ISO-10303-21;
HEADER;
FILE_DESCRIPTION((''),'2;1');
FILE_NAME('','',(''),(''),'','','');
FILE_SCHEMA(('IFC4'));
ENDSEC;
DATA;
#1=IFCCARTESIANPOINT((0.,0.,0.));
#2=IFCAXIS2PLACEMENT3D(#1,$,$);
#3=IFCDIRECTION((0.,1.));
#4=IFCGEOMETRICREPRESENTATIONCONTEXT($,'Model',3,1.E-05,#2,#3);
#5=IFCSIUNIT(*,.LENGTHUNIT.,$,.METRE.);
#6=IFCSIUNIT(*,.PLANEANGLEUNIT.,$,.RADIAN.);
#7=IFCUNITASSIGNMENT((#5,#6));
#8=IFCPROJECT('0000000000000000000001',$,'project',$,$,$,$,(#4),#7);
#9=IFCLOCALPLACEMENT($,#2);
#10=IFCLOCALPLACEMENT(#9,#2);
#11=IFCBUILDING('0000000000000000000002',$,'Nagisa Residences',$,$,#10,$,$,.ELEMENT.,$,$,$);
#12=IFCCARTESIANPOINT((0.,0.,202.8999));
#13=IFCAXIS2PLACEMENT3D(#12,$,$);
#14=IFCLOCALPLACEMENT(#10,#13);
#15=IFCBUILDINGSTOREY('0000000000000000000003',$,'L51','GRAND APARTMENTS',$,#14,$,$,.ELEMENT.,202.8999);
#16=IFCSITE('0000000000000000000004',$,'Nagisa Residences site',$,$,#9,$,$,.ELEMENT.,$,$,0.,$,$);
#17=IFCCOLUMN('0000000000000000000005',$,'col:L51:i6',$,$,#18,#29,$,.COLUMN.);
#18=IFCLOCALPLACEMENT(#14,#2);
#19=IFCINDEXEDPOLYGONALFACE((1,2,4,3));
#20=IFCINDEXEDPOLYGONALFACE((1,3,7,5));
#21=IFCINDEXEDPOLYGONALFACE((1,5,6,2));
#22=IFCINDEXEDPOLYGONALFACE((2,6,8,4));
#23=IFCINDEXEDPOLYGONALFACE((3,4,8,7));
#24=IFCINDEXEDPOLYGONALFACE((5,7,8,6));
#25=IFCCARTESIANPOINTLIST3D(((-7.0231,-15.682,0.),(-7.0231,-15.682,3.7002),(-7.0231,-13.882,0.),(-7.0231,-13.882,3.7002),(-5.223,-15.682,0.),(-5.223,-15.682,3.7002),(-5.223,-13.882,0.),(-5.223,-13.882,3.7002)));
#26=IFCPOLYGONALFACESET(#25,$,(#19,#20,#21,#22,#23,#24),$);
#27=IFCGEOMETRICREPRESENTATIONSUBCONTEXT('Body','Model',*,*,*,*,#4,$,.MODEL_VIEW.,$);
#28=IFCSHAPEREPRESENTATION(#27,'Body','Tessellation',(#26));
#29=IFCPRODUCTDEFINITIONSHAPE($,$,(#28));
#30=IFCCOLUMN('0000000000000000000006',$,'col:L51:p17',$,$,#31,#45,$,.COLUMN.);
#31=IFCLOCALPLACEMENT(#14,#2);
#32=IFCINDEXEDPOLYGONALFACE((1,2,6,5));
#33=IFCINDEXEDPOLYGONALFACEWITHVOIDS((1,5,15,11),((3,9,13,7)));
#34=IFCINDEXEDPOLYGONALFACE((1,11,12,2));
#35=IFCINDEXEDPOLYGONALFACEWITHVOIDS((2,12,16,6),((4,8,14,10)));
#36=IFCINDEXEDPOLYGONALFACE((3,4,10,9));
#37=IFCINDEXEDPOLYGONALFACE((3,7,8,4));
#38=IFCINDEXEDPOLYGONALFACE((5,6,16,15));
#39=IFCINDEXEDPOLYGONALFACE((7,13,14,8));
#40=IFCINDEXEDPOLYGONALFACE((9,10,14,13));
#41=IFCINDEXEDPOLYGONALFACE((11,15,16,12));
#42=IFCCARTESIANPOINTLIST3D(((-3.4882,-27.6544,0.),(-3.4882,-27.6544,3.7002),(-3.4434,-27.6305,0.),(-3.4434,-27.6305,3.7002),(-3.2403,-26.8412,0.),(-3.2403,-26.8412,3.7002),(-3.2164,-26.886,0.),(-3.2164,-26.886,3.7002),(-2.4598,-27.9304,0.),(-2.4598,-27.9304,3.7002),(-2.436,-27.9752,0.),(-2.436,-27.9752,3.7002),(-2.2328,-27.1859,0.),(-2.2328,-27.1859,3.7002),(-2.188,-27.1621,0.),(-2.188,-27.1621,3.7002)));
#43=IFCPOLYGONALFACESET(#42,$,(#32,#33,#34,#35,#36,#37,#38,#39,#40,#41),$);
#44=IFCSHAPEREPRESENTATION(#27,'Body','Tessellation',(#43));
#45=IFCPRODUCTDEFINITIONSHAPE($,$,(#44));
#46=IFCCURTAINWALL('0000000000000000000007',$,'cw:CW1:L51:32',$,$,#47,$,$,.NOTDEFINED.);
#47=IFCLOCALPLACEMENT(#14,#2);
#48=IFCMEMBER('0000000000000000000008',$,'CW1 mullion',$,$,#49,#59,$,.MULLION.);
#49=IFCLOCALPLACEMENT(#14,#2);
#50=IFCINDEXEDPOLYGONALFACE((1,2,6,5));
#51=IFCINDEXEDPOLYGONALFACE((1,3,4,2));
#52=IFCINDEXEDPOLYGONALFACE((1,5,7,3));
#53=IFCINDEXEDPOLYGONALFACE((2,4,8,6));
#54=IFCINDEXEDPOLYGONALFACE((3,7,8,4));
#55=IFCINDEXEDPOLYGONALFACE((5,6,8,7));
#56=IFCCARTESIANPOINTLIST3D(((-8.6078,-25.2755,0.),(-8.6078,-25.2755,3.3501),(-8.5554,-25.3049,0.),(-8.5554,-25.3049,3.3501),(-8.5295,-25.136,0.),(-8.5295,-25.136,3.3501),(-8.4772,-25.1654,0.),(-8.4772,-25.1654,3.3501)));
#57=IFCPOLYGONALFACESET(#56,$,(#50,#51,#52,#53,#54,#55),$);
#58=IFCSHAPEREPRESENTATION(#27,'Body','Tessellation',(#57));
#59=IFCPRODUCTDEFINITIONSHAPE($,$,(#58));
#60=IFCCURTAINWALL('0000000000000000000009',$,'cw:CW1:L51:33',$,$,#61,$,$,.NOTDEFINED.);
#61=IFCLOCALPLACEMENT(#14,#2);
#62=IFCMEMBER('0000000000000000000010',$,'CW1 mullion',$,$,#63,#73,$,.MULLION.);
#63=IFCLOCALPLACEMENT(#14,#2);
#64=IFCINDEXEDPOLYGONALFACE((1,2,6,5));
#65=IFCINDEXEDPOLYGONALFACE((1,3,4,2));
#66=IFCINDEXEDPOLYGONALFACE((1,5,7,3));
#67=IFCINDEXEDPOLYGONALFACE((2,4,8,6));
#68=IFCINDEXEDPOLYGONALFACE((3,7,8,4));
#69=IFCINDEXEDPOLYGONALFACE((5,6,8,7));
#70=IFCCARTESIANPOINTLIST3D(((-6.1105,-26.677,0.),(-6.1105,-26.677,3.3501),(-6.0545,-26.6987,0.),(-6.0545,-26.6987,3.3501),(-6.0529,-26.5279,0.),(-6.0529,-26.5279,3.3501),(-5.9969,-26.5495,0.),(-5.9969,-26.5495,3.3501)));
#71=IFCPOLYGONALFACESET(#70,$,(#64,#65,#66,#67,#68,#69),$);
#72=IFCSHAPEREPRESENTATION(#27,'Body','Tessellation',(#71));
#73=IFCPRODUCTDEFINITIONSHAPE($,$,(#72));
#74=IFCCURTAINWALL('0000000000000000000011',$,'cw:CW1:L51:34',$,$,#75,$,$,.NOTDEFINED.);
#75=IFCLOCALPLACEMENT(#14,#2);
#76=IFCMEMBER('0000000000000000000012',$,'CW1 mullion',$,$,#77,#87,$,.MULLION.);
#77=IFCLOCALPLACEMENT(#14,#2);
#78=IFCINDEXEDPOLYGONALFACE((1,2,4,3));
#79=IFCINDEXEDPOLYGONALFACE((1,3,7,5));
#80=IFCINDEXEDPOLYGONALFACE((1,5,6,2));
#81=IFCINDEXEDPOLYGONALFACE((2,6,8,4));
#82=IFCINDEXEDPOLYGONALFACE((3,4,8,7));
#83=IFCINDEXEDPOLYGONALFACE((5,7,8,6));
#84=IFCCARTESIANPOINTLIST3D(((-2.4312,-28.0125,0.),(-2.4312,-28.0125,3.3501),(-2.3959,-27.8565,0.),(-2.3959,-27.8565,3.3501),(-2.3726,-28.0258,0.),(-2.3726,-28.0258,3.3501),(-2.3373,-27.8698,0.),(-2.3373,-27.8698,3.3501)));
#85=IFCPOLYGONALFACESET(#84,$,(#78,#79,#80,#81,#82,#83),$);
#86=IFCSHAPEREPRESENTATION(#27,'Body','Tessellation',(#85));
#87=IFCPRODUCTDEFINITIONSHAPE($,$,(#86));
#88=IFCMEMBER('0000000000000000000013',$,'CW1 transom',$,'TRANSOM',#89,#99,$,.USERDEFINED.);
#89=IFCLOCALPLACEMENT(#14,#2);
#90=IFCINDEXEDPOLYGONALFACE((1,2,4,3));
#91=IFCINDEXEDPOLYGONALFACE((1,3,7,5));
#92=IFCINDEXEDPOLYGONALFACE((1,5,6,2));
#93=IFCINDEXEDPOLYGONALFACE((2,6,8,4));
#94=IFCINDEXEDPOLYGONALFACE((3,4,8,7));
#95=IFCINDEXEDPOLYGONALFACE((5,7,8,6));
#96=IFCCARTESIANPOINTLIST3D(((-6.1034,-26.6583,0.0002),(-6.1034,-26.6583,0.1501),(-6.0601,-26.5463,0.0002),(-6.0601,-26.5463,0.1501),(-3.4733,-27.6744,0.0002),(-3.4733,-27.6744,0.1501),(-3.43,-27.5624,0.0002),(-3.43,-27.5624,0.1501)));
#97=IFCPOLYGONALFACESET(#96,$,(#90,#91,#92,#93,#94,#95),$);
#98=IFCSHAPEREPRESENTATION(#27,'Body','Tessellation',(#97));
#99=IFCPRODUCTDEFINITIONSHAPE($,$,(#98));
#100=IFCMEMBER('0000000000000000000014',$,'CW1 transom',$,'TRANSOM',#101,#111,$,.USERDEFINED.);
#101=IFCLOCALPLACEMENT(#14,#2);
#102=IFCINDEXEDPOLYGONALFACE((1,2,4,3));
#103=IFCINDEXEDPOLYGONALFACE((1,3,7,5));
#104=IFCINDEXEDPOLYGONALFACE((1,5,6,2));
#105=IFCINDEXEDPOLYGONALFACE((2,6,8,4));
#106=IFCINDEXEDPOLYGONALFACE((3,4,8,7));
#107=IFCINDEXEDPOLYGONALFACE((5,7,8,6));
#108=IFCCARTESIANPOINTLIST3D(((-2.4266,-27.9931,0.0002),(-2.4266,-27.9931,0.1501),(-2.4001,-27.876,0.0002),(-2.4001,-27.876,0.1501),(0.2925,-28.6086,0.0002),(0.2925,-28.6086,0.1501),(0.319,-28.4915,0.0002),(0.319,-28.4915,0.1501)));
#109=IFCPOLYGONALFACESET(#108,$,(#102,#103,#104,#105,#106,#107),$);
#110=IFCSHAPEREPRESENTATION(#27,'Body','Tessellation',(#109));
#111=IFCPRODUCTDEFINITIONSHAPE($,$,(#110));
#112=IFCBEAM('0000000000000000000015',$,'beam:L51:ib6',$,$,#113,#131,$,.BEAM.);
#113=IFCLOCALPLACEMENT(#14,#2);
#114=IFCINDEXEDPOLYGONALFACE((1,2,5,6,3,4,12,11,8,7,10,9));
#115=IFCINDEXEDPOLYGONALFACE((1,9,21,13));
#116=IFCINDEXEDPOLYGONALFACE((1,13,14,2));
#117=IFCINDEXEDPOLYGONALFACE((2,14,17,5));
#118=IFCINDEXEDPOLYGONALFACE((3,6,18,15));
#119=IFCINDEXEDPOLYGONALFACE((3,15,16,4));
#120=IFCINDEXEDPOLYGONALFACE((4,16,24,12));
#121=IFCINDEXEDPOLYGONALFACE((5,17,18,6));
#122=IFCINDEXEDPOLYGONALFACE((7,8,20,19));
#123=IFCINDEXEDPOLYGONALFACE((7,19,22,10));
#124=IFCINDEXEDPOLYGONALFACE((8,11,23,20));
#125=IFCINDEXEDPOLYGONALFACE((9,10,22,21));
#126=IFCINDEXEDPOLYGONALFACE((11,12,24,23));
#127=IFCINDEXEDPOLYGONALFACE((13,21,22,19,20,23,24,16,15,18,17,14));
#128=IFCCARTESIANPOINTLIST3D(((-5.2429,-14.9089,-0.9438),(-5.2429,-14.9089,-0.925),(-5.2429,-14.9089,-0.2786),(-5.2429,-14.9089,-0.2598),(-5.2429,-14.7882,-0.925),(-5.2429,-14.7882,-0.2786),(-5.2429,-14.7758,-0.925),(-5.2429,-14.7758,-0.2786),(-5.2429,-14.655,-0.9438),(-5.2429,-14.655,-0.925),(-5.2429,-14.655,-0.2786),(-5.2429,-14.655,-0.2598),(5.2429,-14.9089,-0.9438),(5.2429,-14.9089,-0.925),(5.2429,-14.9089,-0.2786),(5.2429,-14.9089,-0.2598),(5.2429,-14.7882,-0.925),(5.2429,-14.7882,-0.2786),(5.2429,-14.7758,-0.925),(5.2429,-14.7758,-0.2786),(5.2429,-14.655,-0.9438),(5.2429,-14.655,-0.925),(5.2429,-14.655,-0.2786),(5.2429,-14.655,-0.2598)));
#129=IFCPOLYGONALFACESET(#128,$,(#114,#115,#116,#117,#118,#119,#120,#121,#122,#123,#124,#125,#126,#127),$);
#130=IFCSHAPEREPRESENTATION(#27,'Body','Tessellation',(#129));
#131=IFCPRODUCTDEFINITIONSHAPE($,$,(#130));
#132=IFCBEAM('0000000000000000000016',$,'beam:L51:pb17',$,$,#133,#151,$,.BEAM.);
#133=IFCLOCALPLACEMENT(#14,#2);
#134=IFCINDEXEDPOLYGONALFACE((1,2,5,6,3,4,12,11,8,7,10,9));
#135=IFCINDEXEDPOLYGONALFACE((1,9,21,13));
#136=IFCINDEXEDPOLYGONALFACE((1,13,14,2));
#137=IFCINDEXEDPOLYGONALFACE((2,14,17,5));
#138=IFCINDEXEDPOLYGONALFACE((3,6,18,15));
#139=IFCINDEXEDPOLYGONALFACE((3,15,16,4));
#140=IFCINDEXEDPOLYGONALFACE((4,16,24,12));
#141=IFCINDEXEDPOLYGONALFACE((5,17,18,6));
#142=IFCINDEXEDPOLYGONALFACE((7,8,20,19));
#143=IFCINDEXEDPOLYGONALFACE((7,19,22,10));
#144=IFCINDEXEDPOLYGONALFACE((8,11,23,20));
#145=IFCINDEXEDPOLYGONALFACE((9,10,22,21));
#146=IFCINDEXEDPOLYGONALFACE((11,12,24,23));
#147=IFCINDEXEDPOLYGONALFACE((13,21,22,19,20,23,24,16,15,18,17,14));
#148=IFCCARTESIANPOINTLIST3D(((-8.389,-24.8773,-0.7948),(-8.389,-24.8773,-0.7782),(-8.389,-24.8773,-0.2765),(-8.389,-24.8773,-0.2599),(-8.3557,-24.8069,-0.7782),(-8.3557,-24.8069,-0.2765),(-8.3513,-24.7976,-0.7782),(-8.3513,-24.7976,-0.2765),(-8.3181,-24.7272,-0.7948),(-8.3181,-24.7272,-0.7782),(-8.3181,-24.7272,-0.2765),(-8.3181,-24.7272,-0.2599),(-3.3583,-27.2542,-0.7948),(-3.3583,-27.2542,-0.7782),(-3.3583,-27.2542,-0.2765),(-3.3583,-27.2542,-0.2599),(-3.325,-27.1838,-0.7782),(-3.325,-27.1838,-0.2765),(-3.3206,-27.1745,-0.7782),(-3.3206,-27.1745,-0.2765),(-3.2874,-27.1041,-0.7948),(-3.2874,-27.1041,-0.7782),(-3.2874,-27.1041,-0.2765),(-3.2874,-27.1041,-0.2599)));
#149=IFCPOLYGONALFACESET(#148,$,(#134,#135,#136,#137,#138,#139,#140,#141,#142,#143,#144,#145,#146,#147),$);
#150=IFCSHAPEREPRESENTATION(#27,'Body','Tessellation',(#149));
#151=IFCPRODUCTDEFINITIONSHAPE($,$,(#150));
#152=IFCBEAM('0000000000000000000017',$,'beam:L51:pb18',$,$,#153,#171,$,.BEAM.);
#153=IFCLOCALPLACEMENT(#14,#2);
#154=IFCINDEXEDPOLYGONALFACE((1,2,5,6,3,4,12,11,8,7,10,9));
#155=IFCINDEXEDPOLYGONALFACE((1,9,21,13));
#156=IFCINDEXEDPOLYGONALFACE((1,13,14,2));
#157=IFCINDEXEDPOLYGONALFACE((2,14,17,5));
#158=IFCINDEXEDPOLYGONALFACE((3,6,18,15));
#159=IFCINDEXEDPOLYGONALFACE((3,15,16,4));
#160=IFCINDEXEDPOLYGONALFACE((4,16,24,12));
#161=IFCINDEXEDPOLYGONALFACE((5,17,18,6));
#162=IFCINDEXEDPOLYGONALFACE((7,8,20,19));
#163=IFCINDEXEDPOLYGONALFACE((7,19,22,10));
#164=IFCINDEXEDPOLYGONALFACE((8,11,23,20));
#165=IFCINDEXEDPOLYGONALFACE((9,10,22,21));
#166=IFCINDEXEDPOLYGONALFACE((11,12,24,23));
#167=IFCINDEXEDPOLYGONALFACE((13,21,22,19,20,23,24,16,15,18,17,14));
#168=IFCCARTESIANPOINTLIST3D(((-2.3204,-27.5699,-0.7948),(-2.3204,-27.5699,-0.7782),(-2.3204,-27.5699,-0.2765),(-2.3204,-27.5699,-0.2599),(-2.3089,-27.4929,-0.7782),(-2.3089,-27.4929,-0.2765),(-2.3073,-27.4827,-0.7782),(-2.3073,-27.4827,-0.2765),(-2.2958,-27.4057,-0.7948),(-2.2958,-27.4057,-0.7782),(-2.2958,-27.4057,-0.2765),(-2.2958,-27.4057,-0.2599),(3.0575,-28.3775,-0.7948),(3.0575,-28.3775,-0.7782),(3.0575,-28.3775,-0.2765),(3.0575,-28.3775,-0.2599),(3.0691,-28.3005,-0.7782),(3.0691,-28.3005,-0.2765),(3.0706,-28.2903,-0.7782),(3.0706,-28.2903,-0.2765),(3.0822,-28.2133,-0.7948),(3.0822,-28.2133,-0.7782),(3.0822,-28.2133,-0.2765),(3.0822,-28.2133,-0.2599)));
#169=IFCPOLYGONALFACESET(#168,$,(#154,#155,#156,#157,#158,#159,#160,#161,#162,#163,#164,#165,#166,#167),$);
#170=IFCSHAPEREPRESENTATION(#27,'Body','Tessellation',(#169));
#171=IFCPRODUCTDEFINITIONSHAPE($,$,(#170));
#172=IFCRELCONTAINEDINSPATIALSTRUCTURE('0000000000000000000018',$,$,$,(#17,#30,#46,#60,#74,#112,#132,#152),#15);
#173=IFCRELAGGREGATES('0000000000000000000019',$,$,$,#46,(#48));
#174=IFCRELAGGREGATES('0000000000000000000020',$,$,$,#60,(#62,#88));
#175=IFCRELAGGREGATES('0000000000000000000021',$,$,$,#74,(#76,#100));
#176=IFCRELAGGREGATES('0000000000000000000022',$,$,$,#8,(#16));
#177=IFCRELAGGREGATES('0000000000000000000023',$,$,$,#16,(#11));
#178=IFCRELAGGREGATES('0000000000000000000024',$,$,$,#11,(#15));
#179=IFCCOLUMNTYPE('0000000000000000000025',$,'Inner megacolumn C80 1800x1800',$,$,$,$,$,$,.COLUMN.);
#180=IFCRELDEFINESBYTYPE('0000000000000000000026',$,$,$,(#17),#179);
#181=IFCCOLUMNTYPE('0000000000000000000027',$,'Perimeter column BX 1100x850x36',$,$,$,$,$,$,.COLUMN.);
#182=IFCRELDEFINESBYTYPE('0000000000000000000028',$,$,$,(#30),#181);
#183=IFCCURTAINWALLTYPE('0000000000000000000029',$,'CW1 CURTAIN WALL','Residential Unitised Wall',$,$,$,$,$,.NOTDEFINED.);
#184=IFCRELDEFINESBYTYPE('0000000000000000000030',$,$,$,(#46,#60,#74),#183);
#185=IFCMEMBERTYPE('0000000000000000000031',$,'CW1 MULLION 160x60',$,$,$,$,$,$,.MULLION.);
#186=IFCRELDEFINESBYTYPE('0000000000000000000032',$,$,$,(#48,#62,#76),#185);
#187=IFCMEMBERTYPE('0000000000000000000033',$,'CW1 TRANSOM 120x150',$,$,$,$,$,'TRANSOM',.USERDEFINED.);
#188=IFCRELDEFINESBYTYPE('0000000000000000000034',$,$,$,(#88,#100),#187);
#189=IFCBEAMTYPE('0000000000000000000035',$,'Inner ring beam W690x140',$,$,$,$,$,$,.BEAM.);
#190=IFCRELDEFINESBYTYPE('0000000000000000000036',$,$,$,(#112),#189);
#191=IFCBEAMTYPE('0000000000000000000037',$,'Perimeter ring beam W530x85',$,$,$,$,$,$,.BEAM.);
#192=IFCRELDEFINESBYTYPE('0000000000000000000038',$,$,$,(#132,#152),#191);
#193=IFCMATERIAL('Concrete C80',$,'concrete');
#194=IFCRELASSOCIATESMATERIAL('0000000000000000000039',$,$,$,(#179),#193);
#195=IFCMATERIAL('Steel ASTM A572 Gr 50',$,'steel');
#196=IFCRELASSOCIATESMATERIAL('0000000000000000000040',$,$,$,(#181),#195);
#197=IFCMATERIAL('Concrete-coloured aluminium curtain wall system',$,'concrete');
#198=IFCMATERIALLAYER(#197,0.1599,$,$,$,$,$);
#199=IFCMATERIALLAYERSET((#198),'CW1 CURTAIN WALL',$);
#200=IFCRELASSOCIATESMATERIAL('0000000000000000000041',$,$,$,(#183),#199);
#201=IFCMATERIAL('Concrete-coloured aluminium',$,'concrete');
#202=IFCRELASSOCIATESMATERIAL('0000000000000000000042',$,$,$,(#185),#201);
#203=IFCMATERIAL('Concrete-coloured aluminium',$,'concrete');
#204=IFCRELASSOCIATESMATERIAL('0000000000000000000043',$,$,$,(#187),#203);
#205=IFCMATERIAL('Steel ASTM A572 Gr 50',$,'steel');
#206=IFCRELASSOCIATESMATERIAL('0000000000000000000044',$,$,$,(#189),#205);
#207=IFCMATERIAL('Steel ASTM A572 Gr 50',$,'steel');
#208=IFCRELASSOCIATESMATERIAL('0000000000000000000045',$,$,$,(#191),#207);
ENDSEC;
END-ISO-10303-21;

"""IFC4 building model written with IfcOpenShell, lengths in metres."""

from ifc_helpers import new_model, si_unit, direction, frame, origin, origin_2d, place, context, subcontext, project, spatial, rectangle, hollow_rectangle, i_section, extrude, material, layer, layer_set, material_profile, profile_set, type_object, element, aggregate, save


model = new_model("IFC4")

# Units and contexts
model_context = context("Model", 3, precision=1e-05, world=origin(), true_north=direction((0.0, 1.0)))
body_context = subcontext(model_context, "Body", "Model", "MODEL_VIEW")
ifc_project = project(units=[si_unit("LENGTHUNIT", "METRE"), si_unit("PLANEANGLEUNIT", "RADIAN")], contexts=[model_context])

# Site, building, storey
site_placement = place(None, origin())
site = spatial("IfcSite", under=ifc_project, at=site_placement, Name="Nagisa Residences site", CompositionType="ELEMENT", RefElevation=0.0)
building_placement = place(site_placement, origin())
building = spatial("IfcBuilding", under=site, at=building_placement, Name="Nagisa Residences", CompositionType="ELEMENT")
storey_placement = place(building_placement, frame((0.0, 0.0, 202.8999)))
storey = spatial("IfcBuildingStorey", under=building, at=storey_placement, Name="L51", Description="GRAND APARTMENTS", CompositionType="ELEMENT", Elevation=202.8999)

# Columns
ifc_material_1 = material(Name="Concrete C80", Category="concrete")
ifc_material_profile_1 = material_profile(ifc_material_1, rectangle(XDim=1.8, YDim=1.8, at=origin_2d()), Name="C80 1800x1800")
ifc_profile_set_1 = profile_set([ifc_material_profile_1], Name="Concrete C80")
column_type_1 = type_object("IfcColumnType", Name="Inner megacolumn C80 1800x1800", PredefinedType="COLUMN", material=ifc_profile_set_1)
column_1_placement = place(storey_placement, frame((-6.123, -14.782, 0.0), z_axis=(0.0, 0.0, 1.0), x_axis=(1.0, 0.0, 0.0)))
element("IfcColumn", 1, at=column_1_placement, inside=storey, type_object=column_type_1, Name="col:L51:i6", PredefinedType="COLUMN", context=body_context, shape_type="SweptSolid", body=[
    extrude(rectangle(XDim=1.8, YDim=1.8, at=origin_2d()), origin(), (0.0, 0.0, 1.0), 3.7002),
])
ifc_material_2 = material(Name="Steel ASTM A572 Gr 50", Category="steel")
ifc_material_profile_2 = material_profile(ifc_material_2, hollow_rectangle(XDim=1.1001, YDim=0.8501, WallThickness=0.0359, at=origin_2d()), Name="BX 1100x850x36")
ifc_profile_set_2 = profile_set([ifc_material_profile_2], Name="Steel ASTM A572 Gr 50")
column_type_2 = type_object("IfcColumnType", Name="Perimeter column BX 1100x850x36", PredefinedType="COLUMN", material=ifc_profile_set_2)
column_2_placement = place(storey_placement, frame((-2.8381, -27.4082, 0.0), z_axis=(0.0, 0.0, 1.0), x_axis=(0.956525, -0.291652, 0.0)))
element("IfcColumn", 2, at=column_2_placement, inside=storey, type_object=column_type_2, Name="col:L51:p17", PredefinedType="COLUMN", context=body_context, shape_type="SweptSolid", body=[
    extrude(hollow_rectangle(XDim=1.1001, YDim=0.8501, WallThickness=0.0359, at=origin_2d()), origin(), (0.0, 0.0, 1.0), 3.7002),
])

# Curtain walls, members
ifc_material_3 = material(Name="Concrete-coloured aluminium curtain wall system", Category="concrete")
ifc_layer_1 = layer(ifc_material_3, 0.1599)
ifc_layer_set_1 = layer_set([ifc_layer_1], Name="CW1 CURTAIN WALL")
curtain_wall_type = type_object("IfcCurtainWallType", Name="CW1 CURTAIN WALL", Description="Residential Unitised Wall", PredefinedType="NOTDEFINED", material=ifc_layer_set_1)
curtain_wall_1_placement = place(storey_placement, origin())
curtain_wall_1 = element("IfcCurtainWall", 3, at=curtain_wall_1_placement, inside=storey, type_object=curtain_wall_type, Name="cw:CW1:L51:32", PredefinedType="NOTDEFINED")
ifc_material_4 = material(Name="Concrete-coloured aluminium", Category="concrete")
ifc_material_profile_3 = material_profile(ifc_material_4, rectangle(XDim=0.1599, YDim=0.0601, at=origin_2d()), Name="CW1 MULLION 160x60")
ifc_profile_set_3 = profile_set([ifc_material_profile_3], Name="Concrete-coloured aluminium")
member_type_1 = type_object("IfcMemberType", Name="CW1 MULLION 160x60", PredefinedType="MULLION", material=ifc_profile_set_3)
member_1_placement = place(storey_placement, frame((-8.5425, -25.2205, 0.0), z_axis=(0.0, 0.0, 1.0), x_axis=(0.489377, 0.872072, 0.0)))
member_1 = element("IfcMember", 4, at=member_1_placement, type_object=member_type_1, Name="CW1 mullion", PredefinedType="MULLION", context=body_context, shape_type="SweptSolid", body=[
    extrude(rectangle(XDim=0.1599, YDim=0.0601, at=origin_2d()), origin(), (0.0, 0.0, 1.0), 3.3501),
])
curtain_wall_2_placement = place(storey_placement, origin())
curtain_wall_2 = element("IfcCurtainWall", 5, at=curtain_wall_2_placement, inside=storey, type_object=curtain_wall_type, Name="cw:CW1:L51:33", PredefinedType="NOTDEFINED")
member_2_placement = place(storey_placement, frame((-6.0537, -26.6133, 0.0), z_axis=(0.0, 0.0, 1.0), x_axis=(0.360328, 0.932826, 0.0)))
member_2 = element("IfcMember", 6, at=member_2_placement, type_object=member_type_1, Name="CW1 mullion", PredefinedType="MULLION", context=body_context, shape_type="SweptSolid", body=[
    extrude(rectangle(XDim=0.1599, YDim=0.0601, at=origin_2d()), origin(), (0.0, 0.0, 1.0), 3.3501),
])
curtain_wall_3_placement = place(storey_placement, origin())
curtain_wall_3 = element("IfcCurtainWall", 7, at=curtain_wall_3_placement, inside=storey, type_object=curtain_wall_type, Name="cw:CW1:L51:34", PredefinedType="NOTDEFINED")
member_3_placement = place(storey_placement, frame((-2.3843, -27.9412, 0.0), z_axis=(0.0, 0.0, 1.0), x_axis=(0.220764, 0.975327, 0.0)))
member_3 = element("IfcMember", 8, at=member_3_placement, type_object=member_type_1, Name="CW1 mullion", PredefinedType="MULLION", context=body_context, shape_type="SweptSolid", body=[
    extrude(rectangle(XDim=0.1599, YDim=0.0601, at=origin_2d()), origin(), (0.0, 0.0, 1.0), 3.3501),
])

# Members
ifc_material_5 = material(Name="Concrete-coloured aluminium", Category="concrete")
ifc_material_profile_4 = material_profile(ifc_material_5, rectangle(XDim=0.1201, YDim=0.1499, at=origin_2d()), Name="CW1 TRANSOM 120x150")
ifc_profile_set_4 = profile_set([ifc_material_profile_4], Name="Concrete-coloured aluminium")
member_type_2 = type_object("IfcMemberType", Name="CW1 TRANSOM 120x150", ElementType="TRANSOM", PredefinedType="USERDEFINED", material=ifc_profile_set_4)
member_4_placement = place(storey_placement, frame((-6.0818, -26.6023, 0.0752), z_axis=(0.932807, -0.360377, 0.0), x_axis=(0.360377, 0.932807, 0.0)))
member_4 = element("IfcMember", 9, at=member_4_placement, type_object=member_type_2, Name="CW1 transom", ObjectType="TRANSOM", PredefinedType="USERDEFINED", context=body_context, shape_type="SweptSolid", body=[
    extrude(rectangle(XDim=0.1201, YDim=0.1499, at=origin_2d()), origin(), (0.0, 0.0, 1.0), 2.8196),
])
member_5_placement = place(storey_placement, frame((-2.4133, -27.9346, 0.0752), z_axis=(0.975324, -0.220777, 0.0), x_axis=(0.220777, 0.975324, 0.0)))
member_5 = element("IfcMember", 10, at=member_5_placement, type_object=member_type_2, Name="CW1 transom", ObjectType="TRANSOM", PredefinedType="USERDEFINED", context=body_context, shape_type="SweptSolid", body=[
    extrude(rectangle(XDim=0.1201, YDim=0.1499, at=origin_2d()), origin(), (0.0, 0.0, 1.0), 2.7878),
])

# Beams
ifc_material_6 = material(Name="Steel ASTM A572 Gr 50", Category="steel")
ifc_material_profile_5 = material_profile(ifc_material_6, i_section(OverallWidth=0.2539, OverallDepth=0.6841, WebThickness=0.0125, FlangeThickness=0.0188, at=origin_2d()), Name="W690x140")
ifc_profile_set_5 = profile_set([ifc_material_profile_5], Name="Steel ASTM A572 Gr 50")
beam_type_1 = type_object("IfcBeamType", Name="Inner ring beam W690x140", PredefinedType="BEAM", material=ifc_profile_set_5)
beam_1_placement = place(storey_placement, frame((-5.2429, -14.782, -0.6018), z_axis=(1.0, 0.0, 0.0), x_axis=(0.0, 1.0, 0.0)))
element("IfcBeam", 11, at=beam_1_placement, inside=storey, type_object=beam_type_1, Name="beam:L51:ib6", PredefinedType="BEAM", context=body_context, shape_type="SweptSolid", body=[
    extrude(i_section(OverallWidth=0.2539, OverallDepth=0.6841, WebThickness=0.0125, FlangeThickness=0.0188, at=origin_2d()), origin(), (0.0, 0.0, 1.0), 10.4858),
])
ifc_material_7 = material(Name="Steel ASTM A572 Gr 50", Category="steel")
ifc_material_profile_6 = material_profile(ifc_material_7, i_section(OverallWidth=0.166, OverallDepth=0.5349, WebThickness=0.0103, FlangeThickness=0.0166, at=origin_2d()), Name="W530x85")
ifc_profile_set_6 = profile_set([ifc_material_profile_6], Name="Steel ASTM A572 Gr 50")
beam_type_2 = type_object("IfcBeamType", Name="Perimeter ring beam W530x85", PredefinedType="BEAM", material=ifc_profile_set_6)
beam_2_placement = place(storey_placement, frame((-8.3535, -24.8022, -0.5273), z_axis=(0.904157, -0.4272, 0.0), x_axis=(0.4272, 0.904157, 0.0)))
element("IfcBeam", 12, at=beam_2_placement, inside=storey, type_object=beam_type_2, Name="beam:L51:pb17", PredefinedType="BEAM", context=body_context, shape_type="SweptSolid", body=[
    extrude(i_section(OverallWidth=0.166, OverallDepth=0.5349, WebThickness=0.0103, FlangeThickness=0.0166, at=origin_2d()), origin(), (0.0, 0.0, 1.0), 5.564),
])
beam_3_placement = place(storey_placement, frame((-2.3081, -27.4878, -0.5273), z_axis=(0.988911, -0.148507, 0.0), x_axis=(0.148507, 0.988911, 0.0)))
element("IfcBeam", 13, at=beam_3_placement, inside=storey, type_object=beam_type_2, Name="beam:L51:pb18", PredefinedType="BEAM", context=body_context, shape_type="SweptSolid", body=[
    extrude(i_section(OverallWidth=0.166, OverallDepth=0.5349, WebThickness=0.0103, FlangeThickness=0.0166, at=origin_2d()), origin(), (0.0, 0.0, 1.0), 5.4382),
])

aggregate(curtain_wall_1, [member_1])
aggregate(curtain_wall_2, [member_2, member_4])
aggregate(curtain_wall_3, [member_3, member_5])

save(model, "model.ifc")
